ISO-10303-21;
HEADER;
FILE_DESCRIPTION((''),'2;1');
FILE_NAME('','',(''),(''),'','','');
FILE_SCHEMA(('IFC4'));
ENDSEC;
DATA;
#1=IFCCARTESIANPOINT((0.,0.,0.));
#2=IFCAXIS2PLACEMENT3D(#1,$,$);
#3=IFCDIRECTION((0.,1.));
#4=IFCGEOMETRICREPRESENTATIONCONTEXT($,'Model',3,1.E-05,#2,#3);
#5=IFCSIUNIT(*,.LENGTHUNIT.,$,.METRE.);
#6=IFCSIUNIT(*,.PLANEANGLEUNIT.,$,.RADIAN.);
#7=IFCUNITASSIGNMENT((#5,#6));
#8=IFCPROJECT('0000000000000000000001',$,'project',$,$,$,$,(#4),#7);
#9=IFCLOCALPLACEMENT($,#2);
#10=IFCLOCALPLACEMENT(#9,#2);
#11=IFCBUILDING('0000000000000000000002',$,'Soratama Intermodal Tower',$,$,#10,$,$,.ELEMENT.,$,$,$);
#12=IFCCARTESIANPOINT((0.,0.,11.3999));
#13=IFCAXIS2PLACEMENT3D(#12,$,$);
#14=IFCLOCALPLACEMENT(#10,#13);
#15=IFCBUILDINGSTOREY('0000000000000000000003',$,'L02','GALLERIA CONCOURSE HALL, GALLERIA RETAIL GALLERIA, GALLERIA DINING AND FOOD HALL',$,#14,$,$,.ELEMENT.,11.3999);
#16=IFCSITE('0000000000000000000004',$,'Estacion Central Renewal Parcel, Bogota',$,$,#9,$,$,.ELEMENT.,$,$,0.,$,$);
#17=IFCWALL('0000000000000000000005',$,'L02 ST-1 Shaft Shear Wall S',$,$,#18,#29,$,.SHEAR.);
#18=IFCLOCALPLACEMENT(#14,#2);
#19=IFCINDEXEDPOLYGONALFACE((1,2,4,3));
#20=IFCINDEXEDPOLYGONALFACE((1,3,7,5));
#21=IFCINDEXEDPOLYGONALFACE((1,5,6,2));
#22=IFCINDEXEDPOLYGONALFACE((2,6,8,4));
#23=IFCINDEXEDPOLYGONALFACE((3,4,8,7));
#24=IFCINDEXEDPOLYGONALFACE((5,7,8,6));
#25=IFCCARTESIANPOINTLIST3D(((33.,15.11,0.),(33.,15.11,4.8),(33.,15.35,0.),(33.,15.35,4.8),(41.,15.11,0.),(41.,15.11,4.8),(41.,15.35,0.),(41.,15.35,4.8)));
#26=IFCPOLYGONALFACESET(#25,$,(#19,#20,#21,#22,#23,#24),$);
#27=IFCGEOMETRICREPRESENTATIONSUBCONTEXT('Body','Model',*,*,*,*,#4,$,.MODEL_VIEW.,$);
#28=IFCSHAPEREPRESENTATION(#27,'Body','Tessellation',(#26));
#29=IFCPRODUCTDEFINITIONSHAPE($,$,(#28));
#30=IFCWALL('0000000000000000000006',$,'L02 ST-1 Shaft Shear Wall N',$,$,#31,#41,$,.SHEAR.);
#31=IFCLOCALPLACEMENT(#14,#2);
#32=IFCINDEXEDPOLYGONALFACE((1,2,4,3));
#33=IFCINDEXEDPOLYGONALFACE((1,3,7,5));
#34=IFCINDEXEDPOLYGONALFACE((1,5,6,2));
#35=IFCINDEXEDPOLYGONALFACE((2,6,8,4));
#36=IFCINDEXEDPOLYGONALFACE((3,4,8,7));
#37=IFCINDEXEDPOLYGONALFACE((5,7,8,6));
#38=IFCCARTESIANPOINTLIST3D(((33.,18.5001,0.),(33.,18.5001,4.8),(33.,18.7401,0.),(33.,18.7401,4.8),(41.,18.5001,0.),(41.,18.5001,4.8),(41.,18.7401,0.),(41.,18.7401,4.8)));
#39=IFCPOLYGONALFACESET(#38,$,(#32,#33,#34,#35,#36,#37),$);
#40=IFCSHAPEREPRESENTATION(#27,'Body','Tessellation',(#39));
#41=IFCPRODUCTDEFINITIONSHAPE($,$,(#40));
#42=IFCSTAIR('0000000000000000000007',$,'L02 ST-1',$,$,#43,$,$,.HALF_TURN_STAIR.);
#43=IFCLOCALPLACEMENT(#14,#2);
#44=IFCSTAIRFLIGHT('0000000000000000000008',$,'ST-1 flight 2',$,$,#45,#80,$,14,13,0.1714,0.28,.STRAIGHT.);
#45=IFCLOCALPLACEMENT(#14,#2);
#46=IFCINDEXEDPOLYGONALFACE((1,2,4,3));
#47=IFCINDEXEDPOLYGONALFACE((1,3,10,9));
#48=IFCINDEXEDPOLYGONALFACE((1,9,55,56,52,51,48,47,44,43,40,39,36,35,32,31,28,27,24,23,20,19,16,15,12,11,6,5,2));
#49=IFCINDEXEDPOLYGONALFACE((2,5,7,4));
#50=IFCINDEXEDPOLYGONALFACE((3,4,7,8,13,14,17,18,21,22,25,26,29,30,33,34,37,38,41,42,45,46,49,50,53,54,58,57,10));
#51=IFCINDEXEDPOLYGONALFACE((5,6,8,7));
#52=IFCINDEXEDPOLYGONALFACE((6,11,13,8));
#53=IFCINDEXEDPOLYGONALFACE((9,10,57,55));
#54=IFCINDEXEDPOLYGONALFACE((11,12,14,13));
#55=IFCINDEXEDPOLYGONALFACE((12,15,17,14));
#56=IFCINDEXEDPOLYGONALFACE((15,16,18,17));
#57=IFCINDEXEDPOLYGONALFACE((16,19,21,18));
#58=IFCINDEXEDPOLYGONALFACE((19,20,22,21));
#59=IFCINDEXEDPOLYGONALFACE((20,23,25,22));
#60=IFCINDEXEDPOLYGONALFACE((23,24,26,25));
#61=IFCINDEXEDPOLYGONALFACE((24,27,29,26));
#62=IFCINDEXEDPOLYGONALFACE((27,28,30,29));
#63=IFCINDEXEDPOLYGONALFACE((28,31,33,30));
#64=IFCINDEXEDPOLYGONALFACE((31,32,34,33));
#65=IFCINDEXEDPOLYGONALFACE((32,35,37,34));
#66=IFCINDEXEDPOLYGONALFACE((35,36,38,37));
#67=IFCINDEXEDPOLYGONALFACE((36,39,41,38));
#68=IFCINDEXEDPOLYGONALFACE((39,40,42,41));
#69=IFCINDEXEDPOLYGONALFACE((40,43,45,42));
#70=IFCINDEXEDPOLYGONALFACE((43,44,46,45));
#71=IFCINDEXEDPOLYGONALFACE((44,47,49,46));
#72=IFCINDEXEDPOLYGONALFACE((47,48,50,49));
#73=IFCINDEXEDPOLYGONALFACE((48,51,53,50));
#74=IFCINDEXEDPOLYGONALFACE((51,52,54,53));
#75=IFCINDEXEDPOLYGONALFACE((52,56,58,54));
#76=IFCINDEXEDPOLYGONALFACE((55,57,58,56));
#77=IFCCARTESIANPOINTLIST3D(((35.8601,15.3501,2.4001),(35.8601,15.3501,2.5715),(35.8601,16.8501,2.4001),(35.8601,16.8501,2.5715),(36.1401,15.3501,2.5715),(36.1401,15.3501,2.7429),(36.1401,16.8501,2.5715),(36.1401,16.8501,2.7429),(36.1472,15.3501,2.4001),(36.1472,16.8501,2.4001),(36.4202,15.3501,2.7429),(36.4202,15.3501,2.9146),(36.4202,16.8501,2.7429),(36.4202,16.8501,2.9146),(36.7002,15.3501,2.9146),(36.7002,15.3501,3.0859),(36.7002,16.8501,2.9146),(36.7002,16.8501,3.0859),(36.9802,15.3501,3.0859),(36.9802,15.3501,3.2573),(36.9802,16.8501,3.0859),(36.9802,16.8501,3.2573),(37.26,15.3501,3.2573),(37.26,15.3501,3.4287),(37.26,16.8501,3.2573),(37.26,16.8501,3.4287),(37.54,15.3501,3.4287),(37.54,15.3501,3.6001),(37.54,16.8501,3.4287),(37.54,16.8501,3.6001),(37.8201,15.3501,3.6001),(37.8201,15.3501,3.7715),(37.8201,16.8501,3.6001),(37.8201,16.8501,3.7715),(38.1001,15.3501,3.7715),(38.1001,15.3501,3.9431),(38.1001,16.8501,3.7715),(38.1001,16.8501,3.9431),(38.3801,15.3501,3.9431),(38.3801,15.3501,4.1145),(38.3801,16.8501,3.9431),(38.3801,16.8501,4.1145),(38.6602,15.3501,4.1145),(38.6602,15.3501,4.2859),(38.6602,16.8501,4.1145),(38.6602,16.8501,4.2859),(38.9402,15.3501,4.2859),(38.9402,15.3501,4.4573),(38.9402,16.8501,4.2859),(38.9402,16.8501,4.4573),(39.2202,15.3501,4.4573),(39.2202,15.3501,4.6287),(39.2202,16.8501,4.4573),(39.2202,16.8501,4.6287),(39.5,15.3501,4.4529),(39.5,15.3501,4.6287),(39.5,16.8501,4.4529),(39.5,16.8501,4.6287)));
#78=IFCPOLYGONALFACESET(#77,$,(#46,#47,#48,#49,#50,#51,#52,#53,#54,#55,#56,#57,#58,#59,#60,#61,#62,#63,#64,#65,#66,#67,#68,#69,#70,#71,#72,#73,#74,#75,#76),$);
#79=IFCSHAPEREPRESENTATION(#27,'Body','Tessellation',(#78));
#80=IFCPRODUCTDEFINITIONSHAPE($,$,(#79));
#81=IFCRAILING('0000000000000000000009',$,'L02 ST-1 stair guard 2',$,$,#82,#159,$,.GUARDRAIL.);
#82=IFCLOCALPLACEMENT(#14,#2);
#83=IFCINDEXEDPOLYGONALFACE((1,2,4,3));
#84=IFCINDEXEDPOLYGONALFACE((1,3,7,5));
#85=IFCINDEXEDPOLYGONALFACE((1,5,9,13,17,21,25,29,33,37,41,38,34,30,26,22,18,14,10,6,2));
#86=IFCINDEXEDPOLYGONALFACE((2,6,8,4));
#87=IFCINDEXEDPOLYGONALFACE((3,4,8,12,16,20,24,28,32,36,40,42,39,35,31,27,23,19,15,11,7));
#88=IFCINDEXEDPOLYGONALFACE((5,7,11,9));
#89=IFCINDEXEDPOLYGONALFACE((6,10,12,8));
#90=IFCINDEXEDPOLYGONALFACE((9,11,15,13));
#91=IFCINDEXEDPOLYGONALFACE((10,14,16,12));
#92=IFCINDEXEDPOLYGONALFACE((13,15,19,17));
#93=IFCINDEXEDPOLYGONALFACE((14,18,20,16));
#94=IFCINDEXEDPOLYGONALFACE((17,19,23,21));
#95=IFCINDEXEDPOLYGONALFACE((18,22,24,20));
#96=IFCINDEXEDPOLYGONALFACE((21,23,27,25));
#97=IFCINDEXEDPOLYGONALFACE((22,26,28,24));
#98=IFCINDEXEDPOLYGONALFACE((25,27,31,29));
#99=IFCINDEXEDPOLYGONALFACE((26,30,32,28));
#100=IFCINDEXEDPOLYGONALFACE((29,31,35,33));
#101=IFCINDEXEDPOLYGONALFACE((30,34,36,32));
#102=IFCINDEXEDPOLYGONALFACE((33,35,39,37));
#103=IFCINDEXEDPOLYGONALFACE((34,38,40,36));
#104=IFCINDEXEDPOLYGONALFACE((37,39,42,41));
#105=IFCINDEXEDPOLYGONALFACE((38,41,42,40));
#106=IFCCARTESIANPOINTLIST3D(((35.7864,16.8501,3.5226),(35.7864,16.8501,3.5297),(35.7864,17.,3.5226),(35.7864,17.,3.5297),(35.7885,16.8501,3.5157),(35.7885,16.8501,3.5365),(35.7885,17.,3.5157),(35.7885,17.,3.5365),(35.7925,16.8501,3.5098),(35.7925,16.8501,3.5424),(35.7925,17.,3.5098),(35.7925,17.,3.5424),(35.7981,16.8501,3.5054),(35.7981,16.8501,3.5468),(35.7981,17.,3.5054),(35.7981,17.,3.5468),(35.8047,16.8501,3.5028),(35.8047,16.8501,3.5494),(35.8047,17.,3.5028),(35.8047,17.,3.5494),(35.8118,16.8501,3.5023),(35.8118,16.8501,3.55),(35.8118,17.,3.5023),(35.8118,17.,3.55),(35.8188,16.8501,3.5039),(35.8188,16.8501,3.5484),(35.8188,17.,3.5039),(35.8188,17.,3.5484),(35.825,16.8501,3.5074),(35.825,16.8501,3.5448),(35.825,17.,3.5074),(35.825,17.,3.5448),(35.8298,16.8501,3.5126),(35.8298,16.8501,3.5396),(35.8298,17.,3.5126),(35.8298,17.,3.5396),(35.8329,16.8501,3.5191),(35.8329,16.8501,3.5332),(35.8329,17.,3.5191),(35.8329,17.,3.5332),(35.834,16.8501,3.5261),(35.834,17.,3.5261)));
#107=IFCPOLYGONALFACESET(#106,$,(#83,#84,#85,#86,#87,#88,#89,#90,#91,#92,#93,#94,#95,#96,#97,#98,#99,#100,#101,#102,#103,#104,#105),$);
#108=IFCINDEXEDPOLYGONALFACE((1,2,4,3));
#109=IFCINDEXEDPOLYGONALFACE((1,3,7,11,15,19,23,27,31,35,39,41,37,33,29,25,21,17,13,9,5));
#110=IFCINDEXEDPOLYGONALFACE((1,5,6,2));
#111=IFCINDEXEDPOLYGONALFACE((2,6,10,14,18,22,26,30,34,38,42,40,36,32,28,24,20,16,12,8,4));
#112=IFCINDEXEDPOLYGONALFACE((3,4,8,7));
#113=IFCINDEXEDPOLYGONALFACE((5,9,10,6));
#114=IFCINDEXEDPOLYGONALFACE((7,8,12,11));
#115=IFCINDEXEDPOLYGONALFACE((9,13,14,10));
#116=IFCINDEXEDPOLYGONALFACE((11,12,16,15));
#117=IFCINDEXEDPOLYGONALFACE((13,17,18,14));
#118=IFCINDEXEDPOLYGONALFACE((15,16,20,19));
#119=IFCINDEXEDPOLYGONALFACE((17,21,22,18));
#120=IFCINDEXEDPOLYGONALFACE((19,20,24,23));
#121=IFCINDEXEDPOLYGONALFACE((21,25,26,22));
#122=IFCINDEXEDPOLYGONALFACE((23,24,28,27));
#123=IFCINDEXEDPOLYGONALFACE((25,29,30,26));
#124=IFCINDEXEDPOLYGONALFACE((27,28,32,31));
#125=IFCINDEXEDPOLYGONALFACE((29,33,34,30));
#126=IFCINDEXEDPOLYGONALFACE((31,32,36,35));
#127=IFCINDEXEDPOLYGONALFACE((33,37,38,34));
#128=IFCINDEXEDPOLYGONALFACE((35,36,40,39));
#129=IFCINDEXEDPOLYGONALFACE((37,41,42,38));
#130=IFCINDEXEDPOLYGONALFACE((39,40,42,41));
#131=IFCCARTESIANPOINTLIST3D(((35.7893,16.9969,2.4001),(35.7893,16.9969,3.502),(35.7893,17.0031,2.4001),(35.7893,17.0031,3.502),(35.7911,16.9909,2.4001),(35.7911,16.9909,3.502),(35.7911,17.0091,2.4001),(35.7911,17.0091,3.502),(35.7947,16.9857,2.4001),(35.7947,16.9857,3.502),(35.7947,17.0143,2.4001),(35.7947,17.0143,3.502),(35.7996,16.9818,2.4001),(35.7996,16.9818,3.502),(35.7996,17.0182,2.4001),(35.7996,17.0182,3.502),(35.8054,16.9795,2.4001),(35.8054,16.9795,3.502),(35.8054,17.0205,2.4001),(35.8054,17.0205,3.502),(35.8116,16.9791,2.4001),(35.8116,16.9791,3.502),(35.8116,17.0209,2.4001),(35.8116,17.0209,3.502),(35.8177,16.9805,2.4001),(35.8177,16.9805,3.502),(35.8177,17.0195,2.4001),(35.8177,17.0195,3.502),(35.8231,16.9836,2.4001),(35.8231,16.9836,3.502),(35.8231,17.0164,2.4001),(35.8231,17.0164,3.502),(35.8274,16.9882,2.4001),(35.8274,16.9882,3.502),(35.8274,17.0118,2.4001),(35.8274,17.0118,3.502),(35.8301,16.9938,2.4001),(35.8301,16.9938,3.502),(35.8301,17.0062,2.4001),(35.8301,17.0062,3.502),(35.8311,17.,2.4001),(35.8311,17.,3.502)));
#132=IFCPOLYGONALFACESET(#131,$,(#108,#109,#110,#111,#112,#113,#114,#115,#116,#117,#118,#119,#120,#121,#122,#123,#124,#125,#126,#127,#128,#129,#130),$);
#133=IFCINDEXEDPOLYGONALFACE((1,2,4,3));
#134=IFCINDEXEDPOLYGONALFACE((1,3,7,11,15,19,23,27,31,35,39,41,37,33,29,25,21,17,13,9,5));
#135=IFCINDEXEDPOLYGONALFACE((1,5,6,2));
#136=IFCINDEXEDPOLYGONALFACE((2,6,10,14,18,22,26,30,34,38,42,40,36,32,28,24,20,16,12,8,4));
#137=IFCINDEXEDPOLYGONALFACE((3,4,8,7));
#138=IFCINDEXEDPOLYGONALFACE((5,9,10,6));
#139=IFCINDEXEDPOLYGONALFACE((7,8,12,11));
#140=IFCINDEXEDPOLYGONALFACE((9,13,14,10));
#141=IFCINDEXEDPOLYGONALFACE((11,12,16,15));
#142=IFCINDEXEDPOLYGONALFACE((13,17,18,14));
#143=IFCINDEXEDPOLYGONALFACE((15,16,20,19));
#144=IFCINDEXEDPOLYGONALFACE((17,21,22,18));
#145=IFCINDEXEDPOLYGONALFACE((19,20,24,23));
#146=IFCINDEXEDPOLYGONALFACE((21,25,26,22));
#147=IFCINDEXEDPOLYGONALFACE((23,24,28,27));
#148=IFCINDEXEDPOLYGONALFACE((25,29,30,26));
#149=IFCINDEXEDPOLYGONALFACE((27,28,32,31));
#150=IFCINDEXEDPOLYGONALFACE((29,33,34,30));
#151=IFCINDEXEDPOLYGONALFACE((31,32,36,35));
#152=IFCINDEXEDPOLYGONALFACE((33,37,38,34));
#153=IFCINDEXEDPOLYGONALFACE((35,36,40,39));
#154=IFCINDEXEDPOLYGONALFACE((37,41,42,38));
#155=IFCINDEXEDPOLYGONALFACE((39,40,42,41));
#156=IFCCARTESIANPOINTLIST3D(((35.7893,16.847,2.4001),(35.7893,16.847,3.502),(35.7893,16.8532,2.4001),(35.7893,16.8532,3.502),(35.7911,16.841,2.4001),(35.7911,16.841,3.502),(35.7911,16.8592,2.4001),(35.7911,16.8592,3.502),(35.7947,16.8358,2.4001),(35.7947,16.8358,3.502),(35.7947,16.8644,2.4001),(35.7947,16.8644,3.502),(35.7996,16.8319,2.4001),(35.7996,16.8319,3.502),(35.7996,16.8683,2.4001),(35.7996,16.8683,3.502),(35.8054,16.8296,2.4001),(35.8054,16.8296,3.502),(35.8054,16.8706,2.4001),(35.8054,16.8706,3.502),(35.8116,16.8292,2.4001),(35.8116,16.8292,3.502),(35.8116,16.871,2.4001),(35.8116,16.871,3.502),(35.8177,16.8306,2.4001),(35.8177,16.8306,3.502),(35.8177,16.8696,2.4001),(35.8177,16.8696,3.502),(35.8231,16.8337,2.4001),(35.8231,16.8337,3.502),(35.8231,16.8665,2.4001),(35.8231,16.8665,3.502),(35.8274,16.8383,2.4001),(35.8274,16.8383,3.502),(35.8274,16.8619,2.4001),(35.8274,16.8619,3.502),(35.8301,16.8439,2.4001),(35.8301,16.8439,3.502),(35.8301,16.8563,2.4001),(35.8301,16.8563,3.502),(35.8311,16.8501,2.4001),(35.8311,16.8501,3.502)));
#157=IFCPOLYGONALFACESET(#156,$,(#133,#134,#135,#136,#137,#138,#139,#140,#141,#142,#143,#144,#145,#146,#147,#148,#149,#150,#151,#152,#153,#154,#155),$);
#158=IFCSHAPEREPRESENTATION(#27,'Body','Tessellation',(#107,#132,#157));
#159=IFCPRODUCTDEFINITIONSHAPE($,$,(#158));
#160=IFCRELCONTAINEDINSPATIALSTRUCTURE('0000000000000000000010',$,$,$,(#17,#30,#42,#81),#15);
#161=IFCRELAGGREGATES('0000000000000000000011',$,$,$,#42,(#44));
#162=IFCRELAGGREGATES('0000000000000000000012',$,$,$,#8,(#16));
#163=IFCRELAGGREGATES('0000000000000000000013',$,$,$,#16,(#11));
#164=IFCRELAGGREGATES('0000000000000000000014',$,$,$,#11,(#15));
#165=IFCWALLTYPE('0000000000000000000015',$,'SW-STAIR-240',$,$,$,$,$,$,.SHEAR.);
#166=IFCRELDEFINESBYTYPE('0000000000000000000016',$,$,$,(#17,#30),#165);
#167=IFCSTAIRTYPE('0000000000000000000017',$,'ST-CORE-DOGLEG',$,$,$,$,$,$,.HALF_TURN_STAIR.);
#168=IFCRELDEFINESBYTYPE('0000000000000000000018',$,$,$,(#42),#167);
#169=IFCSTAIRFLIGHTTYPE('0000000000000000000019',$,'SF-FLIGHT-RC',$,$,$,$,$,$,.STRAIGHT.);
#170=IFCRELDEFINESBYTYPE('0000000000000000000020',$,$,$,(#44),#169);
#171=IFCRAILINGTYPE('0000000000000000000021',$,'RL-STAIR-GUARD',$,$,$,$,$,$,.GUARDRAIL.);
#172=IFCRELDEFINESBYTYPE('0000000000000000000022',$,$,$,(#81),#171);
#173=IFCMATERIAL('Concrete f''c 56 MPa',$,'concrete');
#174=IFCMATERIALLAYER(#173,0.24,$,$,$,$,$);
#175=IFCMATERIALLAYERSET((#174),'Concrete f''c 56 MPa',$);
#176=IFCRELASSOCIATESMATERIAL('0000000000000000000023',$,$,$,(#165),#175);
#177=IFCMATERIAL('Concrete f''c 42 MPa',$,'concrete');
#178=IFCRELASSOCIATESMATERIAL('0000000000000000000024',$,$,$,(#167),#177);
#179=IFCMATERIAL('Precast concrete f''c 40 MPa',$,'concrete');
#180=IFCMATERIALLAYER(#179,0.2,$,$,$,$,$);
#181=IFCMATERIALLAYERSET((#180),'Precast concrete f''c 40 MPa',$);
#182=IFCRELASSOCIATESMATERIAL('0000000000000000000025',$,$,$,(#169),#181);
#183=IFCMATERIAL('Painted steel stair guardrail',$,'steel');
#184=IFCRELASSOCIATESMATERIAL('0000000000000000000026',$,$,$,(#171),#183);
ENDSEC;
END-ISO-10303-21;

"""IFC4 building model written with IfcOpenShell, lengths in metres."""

from ifc_helpers import new_model, si_unit, direction, frame, frame_2d, origin, origin_2d, place, context, subcontext, project, spatial, polyline, rectangle, circle, outline, extrude, material, layer, layer_set, type_object, element, aggregate, save


model = new_model("IFC4")

# Units and contexts
model_context = context("Model", 3, precision=1e-05, world=origin(), true_north=direction((0.0, 1.0)))
body_context = subcontext(model_context, "Body", "Model", "MODEL_VIEW")
ifc_project = project(units=[si_unit("LENGTHUNIT", "METRE"), si_unit("PLANEANGLEUNIT", "RADIAN")], contexts=[model_context])

# Site, building, storey
site_placement = place(None, origin())
site = spatial("IfcSite", under=ifc_project, at=site_placement, Name="Estacion Central Renewal Parcel, Bogota", CompositionType="ELEMENT", RefElevation=0.0)
building_placement = place(site_placement, origin())
building = spatial("IfcBuilding", under=site, at=building_placement, Name="Soratama Intermodal Tower", CompositionType="ELEMENT")
storey_placement = place(building_placement, frame((0.0, 0.0, 11.3999)))
storey = spatial("IfcBuildingStorey", under=building, at=storey_placement, Name="L02", Description="GALLERIA CONCOURSE HALL, GALLERIA RETAIL GALLERIA, GALLERIA DINING AND FOOD HALL", CompositionType="ELEMENT", Elevation=11.3999)

# Walls
ifc_material_1 = material(Name="Concrete f'c 56 MPa", Category="concrete")
ifc_layer_1 = layer(ifc_material_1, 0.24)
ifc_layer_set_1 = layer_set([ifc_layer_1], Name="Concrete f'c 56 MPa")
wall_type_1 = type_object("IfcWallType", Name="SW-STAIR-240", PredefinedType="SHEAR", material=ifc_layer_set_1)
for number, where, z_axis, x_axis, name in (
    (1, (33.0, 15.23, 0.0), (0.0, 0.0, 1.0), (1.0, 0.0, 0.0), "L02 ST-1 Shaft Shear Wall S"),
    (2, (33.0, 18.6201, 0.0), (0.0, 0.0, 1.0), (1.0, 0.0, 0.0), "L02 ST-1 Shaft Shear Wall N"),
):
    element("IfcWall", number, at=place(storey_placement, frame(where, z_axis=z_axis, x_axis=x_axis)), inside=storey, type_object=wall_type_1, Name=name, PredefinedType="SHEAR", context=body_context, shape_type="SweptSolid", body=[
        extrude(rectangle(XDim=8.0, YDim=0.24, at=frame_2d((4.0, 0.0))), origin(), (0.0, 0.0, 1.0), 4.8),
    ])

# Stair, stair flight
ifc_material_2 = material(Name="Concrete f'c 42 MPa", Category="concrete")
stair_type = type_object("IfcStairType", Name="ST-CORE-DOGLEG", PredefinedType="HALF_TURN_STAIR", material=ifc_material_2)
stair_placement = place(storey_placement, origin())
stair = element("IfcStair", 3, at=stair_placement, inside=storey, type_object=stair_type, Name="L02 ST-1", PredefinedType="HALF_TURN_STAIR")
ifc_material_3 = material(Name="Precast concrete f'c 40 MPa", Category="concrete")
ifc_layer_2 = layer(ifc_material_3, 0.2)
ifc_layer_set_2 = layer_set([ifc_layer_2], Name="Precast concrete f'c 40 MPa")
stair_flight_type = type_object("IfcStairFlightType", Name="SF-FLIGHT-RC", PredefinedType="STRAIGHT", material=ifc_layer_set_2)
stair_flight_placement = place(storey_placement, frame((35.8601, 16.1001, 2.4001), z_axis=(0.0, 0.0, 1.0), x_axis=(1.0, 0.0, 0.0)))
stair_flight = element("IfcStairFlight", 4, at=stair_flight_placement, type_object=stair_flight_type, Name="ST-1 flight 2", NumberOfRisers=14, NumberOfTreads=13, PredefinedType="STRAIGHT", RiserHeight=0.1714, TreadLength=0.28, context=body_context, shape_type="SweptSolid", body=[
    extrude(outline(polyline([(0.0, 0.0), (0.0, 0.1714), (0.28, 0.1714), (0.28, 0.3428), (0.5601, 0.3428), (0.5601, 0.5144), (0.8401, 0.5144), (0.8401, 0.6858), (1.1201, 0.6858), (1.1201, 0.8572), (1.3999, 0.8572), (1.3999, 1.0286), (1.6799, 1.0286), (1.6799, 1.2), (1.96, 1.2), (1.96, 1.3713), (2.24, 1.3713), (2.24, 1.543), (2.52, 1.543), (2.52, 1.7144), (2.8, 1.7144), (2.8, 1.8857), (3.0801, 1.8857), (3.0801, 2.0571), (3.3601, 2.0571), (3.3601, 2.2285), (3.6399, 2.2285), (3.6399, 2.3999), (3.6399, 2.0527), (0.2871, 0.0), (0.0, 0.0)])), frame((0.0, 0.75, 0.0), z_axis=(0.0, -1.0, 0.0), x_axis=(1.0, 0.0, 0.0)), (0.0, 0.0, 1.0), 1.5),
])
aggregate(stair, [stair_flight])

# Railing
ifc_material_4 = material(Name="Painted steel stair guardrail", Category="steel")
railing_type_1 = type_object("IfcRailingType", Name="RL-STAIR-GUARD", PredefinedType="GUARDRAIL", material=ifc_material_4)
railing_1_placement = place(storey_placement, frame((35.8101, 17.0, 2.4001)))
element("IfcRailing", 5, at=railing_1_placement, inside=storey, type_object=railing_type_1, Name="L02 ST-1 stair guard 2", PredefinedType="GUARDRAIL", context=body_context, shape_type="SweptSolid", body=[
    extrude(circle(Radius=0.0239, at=origin_2d()), frame((0.0, 0.0, 1.126), z_axis=(0.0, -1.0, 0.0), x_axis=(1.0, 0.0, 0.0)), (0.0, 0.0, 1.0), 0.1499),
    extrude(circle(Radius=0.021, at=origin_2d()), origin(), (0.0, 0.0, 1.0), 1.1018),
    extrude(circle(Radius=0.021, at=origin_2d()), frame((0.0, -0.1499, 0.0)), (0.0, 0.0, 1.0), 1.1018),
])

save(model, "model.ifc")
